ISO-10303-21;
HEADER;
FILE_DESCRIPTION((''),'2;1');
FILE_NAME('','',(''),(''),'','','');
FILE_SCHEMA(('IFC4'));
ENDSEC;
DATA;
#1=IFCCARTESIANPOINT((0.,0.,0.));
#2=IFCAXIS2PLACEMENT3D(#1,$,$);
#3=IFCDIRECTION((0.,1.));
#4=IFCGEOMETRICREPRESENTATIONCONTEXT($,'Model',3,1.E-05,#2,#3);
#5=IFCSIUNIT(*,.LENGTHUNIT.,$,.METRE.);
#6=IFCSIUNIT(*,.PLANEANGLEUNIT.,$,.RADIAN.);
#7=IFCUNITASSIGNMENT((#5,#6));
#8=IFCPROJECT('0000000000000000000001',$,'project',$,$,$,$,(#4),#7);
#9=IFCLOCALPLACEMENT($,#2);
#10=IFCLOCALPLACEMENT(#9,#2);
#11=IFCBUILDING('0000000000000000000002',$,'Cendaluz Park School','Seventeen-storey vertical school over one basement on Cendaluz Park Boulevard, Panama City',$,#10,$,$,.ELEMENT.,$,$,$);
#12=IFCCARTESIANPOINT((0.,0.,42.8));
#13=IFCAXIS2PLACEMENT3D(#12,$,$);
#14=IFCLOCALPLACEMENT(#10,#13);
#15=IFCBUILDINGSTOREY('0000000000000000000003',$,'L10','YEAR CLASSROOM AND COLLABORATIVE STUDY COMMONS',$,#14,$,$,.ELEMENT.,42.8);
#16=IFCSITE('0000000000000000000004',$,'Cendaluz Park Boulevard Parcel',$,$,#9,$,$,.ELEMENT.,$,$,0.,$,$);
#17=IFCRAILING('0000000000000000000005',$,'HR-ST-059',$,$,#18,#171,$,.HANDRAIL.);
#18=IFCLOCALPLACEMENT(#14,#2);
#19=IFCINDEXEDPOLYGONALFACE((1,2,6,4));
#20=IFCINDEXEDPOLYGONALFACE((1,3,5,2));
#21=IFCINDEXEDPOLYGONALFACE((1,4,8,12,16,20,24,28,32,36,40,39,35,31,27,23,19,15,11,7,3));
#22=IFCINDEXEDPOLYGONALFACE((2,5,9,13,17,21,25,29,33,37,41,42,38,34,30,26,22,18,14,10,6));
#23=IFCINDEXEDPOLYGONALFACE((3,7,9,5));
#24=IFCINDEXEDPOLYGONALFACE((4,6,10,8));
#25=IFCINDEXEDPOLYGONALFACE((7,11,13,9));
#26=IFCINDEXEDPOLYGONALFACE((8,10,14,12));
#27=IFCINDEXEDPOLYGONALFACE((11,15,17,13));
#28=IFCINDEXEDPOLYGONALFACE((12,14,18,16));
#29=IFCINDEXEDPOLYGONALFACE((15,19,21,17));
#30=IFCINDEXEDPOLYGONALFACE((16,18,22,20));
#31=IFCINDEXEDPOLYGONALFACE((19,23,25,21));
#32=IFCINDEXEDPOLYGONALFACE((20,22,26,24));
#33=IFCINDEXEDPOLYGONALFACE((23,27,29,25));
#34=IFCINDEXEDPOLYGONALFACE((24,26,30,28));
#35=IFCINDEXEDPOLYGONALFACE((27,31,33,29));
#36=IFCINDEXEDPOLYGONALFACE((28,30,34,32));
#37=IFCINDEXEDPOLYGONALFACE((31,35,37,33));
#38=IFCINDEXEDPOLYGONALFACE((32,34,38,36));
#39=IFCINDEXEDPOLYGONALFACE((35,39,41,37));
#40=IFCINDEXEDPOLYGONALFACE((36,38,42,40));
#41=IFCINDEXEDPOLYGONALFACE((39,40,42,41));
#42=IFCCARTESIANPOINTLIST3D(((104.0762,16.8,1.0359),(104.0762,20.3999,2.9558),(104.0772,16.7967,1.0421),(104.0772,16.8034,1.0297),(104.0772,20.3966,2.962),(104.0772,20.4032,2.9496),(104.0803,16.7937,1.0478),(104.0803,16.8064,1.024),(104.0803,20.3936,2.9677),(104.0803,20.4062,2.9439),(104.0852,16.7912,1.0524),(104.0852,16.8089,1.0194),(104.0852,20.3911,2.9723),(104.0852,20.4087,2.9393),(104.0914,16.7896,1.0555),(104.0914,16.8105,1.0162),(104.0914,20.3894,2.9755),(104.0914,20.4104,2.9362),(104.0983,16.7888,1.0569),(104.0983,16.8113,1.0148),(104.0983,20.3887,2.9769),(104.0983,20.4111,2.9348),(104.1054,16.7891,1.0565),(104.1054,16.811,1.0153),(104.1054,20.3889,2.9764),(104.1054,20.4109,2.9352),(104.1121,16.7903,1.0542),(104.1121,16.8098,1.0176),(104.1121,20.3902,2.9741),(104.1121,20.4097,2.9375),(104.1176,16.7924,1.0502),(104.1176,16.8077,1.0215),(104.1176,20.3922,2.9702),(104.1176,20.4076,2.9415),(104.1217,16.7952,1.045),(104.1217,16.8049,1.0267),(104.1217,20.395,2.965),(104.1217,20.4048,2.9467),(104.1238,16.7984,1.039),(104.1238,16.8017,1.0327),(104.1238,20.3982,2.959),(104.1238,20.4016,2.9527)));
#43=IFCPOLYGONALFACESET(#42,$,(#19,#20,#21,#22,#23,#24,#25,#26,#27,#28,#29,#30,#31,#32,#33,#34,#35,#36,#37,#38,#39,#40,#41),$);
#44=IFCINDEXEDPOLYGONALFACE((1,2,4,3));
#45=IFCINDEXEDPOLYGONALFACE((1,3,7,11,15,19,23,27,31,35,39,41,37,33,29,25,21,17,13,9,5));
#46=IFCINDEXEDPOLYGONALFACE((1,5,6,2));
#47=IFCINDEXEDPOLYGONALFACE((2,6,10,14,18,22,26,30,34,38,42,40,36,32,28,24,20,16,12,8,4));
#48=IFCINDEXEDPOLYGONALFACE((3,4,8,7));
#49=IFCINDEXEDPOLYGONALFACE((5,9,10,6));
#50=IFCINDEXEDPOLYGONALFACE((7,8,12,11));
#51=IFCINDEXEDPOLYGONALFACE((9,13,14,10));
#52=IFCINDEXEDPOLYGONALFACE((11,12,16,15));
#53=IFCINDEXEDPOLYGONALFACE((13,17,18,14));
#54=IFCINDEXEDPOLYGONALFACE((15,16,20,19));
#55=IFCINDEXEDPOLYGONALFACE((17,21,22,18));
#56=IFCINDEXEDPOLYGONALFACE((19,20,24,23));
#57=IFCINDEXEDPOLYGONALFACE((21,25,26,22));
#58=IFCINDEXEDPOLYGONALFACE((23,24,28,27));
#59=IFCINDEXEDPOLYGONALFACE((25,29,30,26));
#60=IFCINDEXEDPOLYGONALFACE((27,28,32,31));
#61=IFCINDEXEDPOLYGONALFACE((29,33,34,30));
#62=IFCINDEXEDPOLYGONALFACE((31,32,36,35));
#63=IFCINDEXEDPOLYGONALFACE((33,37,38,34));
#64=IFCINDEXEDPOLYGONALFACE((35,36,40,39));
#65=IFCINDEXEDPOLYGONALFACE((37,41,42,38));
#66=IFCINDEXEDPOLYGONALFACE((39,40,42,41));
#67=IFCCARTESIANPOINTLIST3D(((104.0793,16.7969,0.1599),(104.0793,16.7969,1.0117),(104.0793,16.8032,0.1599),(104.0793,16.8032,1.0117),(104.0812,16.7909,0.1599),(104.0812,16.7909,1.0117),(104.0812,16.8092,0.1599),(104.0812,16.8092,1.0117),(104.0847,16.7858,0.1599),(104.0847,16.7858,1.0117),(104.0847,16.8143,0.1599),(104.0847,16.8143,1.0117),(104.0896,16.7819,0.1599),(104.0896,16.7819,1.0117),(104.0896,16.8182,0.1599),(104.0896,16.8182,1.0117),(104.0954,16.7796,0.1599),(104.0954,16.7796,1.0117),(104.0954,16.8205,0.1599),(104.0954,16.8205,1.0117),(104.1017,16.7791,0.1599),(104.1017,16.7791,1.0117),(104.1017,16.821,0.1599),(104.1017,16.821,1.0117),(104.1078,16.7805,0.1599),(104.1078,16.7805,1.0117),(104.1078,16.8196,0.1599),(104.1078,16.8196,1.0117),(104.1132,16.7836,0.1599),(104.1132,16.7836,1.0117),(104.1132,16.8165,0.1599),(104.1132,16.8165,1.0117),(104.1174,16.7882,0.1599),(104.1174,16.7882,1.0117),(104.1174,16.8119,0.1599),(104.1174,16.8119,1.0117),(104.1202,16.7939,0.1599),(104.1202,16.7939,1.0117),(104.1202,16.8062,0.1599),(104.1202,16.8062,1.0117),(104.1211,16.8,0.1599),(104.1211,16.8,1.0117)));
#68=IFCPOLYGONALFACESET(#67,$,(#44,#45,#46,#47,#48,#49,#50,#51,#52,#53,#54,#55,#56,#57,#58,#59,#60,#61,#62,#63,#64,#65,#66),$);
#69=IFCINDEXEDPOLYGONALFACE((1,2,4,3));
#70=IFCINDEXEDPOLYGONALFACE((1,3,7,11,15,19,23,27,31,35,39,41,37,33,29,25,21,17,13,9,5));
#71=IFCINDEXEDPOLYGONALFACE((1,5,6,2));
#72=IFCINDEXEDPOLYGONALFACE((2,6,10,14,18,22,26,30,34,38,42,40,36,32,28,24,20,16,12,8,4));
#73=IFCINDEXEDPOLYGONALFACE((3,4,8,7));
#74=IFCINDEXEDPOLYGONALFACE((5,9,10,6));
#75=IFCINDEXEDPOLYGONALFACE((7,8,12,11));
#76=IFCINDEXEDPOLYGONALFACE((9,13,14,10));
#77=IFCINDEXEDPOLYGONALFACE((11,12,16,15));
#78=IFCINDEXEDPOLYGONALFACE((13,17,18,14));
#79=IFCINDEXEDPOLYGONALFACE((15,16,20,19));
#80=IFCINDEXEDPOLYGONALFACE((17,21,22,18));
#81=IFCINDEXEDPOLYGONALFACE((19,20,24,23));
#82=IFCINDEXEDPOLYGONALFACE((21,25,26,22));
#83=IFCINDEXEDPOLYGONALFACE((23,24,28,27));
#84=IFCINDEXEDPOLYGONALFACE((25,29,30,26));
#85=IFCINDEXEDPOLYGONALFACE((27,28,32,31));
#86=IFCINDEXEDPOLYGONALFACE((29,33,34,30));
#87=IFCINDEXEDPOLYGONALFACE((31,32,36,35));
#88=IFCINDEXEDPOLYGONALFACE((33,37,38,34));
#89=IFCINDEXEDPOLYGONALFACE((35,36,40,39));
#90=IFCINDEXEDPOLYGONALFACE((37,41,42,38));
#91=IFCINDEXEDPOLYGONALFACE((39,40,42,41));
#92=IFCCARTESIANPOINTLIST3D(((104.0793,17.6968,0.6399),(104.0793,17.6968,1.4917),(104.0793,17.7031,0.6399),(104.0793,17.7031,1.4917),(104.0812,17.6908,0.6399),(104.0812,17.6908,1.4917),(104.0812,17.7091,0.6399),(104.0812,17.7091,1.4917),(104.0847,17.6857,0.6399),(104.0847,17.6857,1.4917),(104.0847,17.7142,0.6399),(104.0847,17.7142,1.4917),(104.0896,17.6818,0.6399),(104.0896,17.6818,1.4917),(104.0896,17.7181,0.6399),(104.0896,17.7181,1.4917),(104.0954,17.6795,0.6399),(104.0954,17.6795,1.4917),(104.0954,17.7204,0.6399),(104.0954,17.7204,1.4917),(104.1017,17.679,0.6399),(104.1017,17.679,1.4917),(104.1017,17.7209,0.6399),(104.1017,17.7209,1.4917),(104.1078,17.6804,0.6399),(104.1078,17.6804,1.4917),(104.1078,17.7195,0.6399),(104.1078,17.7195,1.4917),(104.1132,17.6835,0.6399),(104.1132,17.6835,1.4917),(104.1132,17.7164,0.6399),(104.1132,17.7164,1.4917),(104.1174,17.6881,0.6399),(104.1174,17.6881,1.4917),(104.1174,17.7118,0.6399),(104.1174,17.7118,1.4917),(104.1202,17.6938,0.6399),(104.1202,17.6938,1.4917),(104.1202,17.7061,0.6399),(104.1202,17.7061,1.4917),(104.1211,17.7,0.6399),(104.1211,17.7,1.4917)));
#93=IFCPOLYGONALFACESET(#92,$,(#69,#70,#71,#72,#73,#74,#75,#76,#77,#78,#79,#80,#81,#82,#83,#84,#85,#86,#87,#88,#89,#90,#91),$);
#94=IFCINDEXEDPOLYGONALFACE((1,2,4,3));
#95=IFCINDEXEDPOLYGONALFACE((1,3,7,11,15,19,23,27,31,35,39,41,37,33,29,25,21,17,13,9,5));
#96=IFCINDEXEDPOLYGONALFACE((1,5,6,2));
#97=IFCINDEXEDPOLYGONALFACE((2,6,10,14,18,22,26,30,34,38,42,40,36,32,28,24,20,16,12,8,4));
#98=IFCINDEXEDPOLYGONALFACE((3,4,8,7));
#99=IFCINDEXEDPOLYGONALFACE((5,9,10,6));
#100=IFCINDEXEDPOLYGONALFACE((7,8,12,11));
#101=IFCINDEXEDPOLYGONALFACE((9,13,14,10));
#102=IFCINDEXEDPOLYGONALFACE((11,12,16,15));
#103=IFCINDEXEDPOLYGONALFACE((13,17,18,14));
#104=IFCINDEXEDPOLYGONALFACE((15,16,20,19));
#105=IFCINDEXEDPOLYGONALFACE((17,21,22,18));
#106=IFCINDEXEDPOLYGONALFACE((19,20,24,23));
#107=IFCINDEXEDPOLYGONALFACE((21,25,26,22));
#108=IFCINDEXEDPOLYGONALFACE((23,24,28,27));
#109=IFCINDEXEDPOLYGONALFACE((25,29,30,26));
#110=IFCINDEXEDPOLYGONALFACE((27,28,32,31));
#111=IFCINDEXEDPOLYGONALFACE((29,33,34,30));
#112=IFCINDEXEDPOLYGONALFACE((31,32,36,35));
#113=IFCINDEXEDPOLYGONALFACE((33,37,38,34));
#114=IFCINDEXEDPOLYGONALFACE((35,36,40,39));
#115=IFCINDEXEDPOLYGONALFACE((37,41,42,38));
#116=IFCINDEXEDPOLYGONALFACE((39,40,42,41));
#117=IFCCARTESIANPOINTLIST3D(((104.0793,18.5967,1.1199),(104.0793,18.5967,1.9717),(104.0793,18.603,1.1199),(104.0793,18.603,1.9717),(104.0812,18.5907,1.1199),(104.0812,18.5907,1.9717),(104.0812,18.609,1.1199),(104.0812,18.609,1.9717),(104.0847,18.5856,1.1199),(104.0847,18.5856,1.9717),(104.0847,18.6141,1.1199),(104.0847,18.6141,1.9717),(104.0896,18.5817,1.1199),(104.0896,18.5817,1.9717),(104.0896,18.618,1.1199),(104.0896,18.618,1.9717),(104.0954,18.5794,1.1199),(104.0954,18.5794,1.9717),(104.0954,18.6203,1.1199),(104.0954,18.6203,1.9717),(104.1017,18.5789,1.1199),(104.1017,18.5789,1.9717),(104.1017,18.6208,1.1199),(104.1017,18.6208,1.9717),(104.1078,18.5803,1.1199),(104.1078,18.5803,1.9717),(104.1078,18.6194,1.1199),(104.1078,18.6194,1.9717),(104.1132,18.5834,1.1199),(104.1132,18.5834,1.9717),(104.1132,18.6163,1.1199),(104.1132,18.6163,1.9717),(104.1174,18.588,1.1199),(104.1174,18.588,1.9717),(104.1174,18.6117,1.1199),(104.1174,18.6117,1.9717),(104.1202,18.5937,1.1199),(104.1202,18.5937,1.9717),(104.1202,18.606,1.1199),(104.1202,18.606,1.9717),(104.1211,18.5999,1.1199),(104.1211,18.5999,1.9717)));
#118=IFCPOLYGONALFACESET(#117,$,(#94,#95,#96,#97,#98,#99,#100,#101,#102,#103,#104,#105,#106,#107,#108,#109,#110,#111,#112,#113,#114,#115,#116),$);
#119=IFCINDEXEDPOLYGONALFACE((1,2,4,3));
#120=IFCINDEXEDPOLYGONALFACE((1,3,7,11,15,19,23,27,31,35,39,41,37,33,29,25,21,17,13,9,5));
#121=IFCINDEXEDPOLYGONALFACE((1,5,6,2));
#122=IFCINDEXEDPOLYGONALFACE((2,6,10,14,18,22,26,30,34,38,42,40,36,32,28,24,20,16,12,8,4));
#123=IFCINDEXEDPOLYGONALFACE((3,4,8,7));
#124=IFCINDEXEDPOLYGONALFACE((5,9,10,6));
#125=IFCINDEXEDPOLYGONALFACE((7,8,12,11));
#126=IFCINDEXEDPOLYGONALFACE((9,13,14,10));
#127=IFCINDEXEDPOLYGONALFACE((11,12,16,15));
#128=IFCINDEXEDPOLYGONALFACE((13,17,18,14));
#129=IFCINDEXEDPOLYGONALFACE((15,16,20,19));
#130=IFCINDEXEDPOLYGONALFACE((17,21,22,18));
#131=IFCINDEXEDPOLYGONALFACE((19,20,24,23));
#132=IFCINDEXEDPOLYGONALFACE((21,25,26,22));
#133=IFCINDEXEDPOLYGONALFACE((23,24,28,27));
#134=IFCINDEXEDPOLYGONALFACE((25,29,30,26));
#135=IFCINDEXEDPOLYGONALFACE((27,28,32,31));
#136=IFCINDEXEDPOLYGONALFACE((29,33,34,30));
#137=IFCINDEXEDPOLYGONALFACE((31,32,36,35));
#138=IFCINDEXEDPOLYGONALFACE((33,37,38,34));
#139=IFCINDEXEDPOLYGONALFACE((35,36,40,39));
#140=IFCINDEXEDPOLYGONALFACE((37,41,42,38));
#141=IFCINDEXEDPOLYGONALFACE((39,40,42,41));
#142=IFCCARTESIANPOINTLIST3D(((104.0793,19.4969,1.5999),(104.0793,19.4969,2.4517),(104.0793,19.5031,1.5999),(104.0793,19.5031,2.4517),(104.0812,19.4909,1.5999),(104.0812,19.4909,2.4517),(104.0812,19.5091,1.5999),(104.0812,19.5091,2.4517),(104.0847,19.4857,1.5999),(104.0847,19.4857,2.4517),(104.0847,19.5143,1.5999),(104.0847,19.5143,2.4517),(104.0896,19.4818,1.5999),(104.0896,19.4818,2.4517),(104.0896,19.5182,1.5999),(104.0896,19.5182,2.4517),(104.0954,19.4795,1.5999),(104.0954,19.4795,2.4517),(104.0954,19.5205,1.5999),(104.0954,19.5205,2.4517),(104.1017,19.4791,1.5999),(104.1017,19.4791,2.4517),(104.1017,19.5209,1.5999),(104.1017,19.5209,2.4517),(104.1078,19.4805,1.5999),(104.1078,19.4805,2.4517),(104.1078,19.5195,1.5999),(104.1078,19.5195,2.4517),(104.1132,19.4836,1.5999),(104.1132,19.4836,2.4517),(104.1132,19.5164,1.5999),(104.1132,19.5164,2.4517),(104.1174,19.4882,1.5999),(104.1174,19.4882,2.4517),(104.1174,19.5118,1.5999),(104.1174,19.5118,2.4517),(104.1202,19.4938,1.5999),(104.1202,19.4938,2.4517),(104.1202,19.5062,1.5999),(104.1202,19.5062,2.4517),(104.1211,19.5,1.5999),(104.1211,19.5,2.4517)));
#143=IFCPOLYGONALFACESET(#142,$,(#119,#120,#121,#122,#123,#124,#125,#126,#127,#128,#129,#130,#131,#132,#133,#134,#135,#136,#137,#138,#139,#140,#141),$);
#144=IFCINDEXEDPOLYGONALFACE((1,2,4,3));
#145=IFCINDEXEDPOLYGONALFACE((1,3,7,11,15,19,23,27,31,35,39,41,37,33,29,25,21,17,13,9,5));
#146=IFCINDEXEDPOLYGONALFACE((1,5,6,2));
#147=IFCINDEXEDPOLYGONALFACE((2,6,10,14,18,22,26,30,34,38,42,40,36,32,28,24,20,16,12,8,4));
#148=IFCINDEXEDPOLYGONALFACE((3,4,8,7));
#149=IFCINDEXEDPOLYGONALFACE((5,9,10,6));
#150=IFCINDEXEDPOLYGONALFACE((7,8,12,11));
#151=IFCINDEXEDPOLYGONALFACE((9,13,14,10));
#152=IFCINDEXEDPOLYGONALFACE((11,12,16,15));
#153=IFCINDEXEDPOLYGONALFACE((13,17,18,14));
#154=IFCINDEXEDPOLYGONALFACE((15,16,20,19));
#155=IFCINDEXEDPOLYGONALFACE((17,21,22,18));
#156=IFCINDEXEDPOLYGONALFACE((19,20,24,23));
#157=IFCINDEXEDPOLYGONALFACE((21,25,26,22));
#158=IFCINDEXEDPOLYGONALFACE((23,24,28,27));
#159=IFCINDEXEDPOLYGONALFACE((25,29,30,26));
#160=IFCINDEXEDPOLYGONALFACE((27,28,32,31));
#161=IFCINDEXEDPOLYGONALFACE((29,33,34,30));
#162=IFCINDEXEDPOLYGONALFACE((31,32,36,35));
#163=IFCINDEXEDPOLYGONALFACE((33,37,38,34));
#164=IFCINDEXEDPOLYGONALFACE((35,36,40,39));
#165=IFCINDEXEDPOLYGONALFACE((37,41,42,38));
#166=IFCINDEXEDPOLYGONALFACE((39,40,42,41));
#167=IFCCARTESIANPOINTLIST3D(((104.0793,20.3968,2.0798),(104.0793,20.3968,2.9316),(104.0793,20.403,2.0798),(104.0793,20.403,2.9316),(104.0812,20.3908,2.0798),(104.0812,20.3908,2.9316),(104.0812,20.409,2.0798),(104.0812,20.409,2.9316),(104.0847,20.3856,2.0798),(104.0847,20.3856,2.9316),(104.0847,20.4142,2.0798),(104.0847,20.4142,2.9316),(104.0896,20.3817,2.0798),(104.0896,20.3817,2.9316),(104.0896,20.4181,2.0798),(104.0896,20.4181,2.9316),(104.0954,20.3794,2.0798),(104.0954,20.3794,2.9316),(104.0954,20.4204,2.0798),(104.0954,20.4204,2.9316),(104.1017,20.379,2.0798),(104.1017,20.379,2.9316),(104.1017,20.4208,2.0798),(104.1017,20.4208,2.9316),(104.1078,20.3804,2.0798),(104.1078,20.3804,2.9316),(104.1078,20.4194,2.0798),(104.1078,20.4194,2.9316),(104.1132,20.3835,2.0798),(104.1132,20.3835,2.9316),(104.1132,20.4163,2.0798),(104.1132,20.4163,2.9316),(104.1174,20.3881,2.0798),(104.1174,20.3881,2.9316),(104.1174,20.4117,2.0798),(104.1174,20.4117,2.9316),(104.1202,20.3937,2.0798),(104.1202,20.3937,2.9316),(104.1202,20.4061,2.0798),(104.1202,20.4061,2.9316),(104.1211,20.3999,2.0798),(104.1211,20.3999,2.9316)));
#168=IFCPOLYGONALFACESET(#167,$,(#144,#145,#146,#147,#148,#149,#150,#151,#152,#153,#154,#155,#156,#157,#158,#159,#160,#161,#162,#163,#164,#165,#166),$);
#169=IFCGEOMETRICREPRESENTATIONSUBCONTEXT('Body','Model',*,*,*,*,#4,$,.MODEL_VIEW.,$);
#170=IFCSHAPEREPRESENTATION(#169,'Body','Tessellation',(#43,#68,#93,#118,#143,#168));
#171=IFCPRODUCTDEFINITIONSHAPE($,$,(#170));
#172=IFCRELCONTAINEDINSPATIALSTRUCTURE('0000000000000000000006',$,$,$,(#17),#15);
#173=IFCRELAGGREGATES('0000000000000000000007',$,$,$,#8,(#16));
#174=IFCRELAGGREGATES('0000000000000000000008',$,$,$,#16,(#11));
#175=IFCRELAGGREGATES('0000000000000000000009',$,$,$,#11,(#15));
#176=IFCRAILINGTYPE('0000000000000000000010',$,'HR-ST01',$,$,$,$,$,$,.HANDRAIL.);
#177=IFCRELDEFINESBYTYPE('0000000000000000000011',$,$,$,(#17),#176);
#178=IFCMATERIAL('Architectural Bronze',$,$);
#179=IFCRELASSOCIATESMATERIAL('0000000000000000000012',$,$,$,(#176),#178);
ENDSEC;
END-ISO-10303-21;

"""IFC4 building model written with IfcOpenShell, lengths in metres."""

from ifc_helpers import new_model, si_unit, direction, frame, origin, origin_2d, place, context, subcontext, project, spatial, circle, extrude, material, type_object, element, save


model = new_model("IFC4")

# Units and contexts
model_context = context("Model", 3, precision=1e-05, world=origin(), true_north=direction((0.0, 1.0)))
body_context = subcontext(model_context, "Body", "Model", "MODEL_VIEW")
ifc_project = project(units=[si_unit("LENGTHUNIT", "METRE"), si_unit("PLANEANGLEUNIT", "RADIAN")], contexts=[model_context])

# Site, building, storey
site_placement = place(None, origin())
site = spatial("IfcSite", under=ifc_project, at=site_placement, Name="Cendaluz Park Boulevard Parcel", CompositionType="ELEMENT", RefElevation=0.0)
building_placement = place(site_placement, origin())
building = spatial("IfcBuilding", under=site, at=building_placement, Name="Cendaluz Park School", Description="Seventeen-storey vertical school over one basement on Cendaluz Park Boulevard, Panama City", CompositionType="ELEMENT")
storey_placement = place(building_placement, frame((0.0, 0.0, 42.8)))
storey = spatial("IfcBuildingStorey", under=building, at=storey_placement, Name="L10", Description="YEAR CLASSROOM AND COLLABORATIVE STUDY COMMONS", CompositionType="ELEMENT", Elevation=42.8)

# Railing
ifc_material_1 = material(Name="Architectural Bronze")
railing_type_1 = type_object("IfcRailingType", Name="HR-ST01", PredefinedType="HANDRAIL", material=ifc_material_1)
railing_1_placement = place(storey_placement, frame((104.1001, 16.8, 0.1599)))
element("IfcRailing", 1, at=railing_1_placement, inside=storey, type_object=railing_type_1, Name="HR-ST-059", PredefinedType="HANDRAIL", context=body_context, shape_type="SweptSolid", body=[
    extrude(circle(Radius=0.0239, at=origin_2d()), frame((0.0, 0.0, 0.876), z_axis=(0.0, 0.882353, 0.470588), x_axis=(-1.0, 0.0, 0.0)), (0.0, 0.0, 1.0), 4.0798),
    extrude(circle(Radius=0.021, at=origin_2d()), origin(), (0.0, 0.0, 1.0), 0.8518),
    extrude(circle(Radius=0.021, at=origin_2d()), frame((0.0, 0.8999, 0.48)), (0.0, 0.0, 1.0), 0.8518),
    extrude(circle(Radius=0.021, at=origin_2d()), frame((0.0, 1.7998, 0.96)), (0.0, 0.0, 1.0), 0.8518),
    extrude(circle(Radius=0.021, at=origin_2d()), frame((0.0, 2.7, 1.4399)), (0.0, 0.0, 1.0), 0.8518),
    extrude(circle(Radius=0.021, at=origin_2d()), frame((0.0, 3.5999, 1.9199)), (0.0, 0.0, 1.0), 0.8518),
])

save(model, "model.ifc")
